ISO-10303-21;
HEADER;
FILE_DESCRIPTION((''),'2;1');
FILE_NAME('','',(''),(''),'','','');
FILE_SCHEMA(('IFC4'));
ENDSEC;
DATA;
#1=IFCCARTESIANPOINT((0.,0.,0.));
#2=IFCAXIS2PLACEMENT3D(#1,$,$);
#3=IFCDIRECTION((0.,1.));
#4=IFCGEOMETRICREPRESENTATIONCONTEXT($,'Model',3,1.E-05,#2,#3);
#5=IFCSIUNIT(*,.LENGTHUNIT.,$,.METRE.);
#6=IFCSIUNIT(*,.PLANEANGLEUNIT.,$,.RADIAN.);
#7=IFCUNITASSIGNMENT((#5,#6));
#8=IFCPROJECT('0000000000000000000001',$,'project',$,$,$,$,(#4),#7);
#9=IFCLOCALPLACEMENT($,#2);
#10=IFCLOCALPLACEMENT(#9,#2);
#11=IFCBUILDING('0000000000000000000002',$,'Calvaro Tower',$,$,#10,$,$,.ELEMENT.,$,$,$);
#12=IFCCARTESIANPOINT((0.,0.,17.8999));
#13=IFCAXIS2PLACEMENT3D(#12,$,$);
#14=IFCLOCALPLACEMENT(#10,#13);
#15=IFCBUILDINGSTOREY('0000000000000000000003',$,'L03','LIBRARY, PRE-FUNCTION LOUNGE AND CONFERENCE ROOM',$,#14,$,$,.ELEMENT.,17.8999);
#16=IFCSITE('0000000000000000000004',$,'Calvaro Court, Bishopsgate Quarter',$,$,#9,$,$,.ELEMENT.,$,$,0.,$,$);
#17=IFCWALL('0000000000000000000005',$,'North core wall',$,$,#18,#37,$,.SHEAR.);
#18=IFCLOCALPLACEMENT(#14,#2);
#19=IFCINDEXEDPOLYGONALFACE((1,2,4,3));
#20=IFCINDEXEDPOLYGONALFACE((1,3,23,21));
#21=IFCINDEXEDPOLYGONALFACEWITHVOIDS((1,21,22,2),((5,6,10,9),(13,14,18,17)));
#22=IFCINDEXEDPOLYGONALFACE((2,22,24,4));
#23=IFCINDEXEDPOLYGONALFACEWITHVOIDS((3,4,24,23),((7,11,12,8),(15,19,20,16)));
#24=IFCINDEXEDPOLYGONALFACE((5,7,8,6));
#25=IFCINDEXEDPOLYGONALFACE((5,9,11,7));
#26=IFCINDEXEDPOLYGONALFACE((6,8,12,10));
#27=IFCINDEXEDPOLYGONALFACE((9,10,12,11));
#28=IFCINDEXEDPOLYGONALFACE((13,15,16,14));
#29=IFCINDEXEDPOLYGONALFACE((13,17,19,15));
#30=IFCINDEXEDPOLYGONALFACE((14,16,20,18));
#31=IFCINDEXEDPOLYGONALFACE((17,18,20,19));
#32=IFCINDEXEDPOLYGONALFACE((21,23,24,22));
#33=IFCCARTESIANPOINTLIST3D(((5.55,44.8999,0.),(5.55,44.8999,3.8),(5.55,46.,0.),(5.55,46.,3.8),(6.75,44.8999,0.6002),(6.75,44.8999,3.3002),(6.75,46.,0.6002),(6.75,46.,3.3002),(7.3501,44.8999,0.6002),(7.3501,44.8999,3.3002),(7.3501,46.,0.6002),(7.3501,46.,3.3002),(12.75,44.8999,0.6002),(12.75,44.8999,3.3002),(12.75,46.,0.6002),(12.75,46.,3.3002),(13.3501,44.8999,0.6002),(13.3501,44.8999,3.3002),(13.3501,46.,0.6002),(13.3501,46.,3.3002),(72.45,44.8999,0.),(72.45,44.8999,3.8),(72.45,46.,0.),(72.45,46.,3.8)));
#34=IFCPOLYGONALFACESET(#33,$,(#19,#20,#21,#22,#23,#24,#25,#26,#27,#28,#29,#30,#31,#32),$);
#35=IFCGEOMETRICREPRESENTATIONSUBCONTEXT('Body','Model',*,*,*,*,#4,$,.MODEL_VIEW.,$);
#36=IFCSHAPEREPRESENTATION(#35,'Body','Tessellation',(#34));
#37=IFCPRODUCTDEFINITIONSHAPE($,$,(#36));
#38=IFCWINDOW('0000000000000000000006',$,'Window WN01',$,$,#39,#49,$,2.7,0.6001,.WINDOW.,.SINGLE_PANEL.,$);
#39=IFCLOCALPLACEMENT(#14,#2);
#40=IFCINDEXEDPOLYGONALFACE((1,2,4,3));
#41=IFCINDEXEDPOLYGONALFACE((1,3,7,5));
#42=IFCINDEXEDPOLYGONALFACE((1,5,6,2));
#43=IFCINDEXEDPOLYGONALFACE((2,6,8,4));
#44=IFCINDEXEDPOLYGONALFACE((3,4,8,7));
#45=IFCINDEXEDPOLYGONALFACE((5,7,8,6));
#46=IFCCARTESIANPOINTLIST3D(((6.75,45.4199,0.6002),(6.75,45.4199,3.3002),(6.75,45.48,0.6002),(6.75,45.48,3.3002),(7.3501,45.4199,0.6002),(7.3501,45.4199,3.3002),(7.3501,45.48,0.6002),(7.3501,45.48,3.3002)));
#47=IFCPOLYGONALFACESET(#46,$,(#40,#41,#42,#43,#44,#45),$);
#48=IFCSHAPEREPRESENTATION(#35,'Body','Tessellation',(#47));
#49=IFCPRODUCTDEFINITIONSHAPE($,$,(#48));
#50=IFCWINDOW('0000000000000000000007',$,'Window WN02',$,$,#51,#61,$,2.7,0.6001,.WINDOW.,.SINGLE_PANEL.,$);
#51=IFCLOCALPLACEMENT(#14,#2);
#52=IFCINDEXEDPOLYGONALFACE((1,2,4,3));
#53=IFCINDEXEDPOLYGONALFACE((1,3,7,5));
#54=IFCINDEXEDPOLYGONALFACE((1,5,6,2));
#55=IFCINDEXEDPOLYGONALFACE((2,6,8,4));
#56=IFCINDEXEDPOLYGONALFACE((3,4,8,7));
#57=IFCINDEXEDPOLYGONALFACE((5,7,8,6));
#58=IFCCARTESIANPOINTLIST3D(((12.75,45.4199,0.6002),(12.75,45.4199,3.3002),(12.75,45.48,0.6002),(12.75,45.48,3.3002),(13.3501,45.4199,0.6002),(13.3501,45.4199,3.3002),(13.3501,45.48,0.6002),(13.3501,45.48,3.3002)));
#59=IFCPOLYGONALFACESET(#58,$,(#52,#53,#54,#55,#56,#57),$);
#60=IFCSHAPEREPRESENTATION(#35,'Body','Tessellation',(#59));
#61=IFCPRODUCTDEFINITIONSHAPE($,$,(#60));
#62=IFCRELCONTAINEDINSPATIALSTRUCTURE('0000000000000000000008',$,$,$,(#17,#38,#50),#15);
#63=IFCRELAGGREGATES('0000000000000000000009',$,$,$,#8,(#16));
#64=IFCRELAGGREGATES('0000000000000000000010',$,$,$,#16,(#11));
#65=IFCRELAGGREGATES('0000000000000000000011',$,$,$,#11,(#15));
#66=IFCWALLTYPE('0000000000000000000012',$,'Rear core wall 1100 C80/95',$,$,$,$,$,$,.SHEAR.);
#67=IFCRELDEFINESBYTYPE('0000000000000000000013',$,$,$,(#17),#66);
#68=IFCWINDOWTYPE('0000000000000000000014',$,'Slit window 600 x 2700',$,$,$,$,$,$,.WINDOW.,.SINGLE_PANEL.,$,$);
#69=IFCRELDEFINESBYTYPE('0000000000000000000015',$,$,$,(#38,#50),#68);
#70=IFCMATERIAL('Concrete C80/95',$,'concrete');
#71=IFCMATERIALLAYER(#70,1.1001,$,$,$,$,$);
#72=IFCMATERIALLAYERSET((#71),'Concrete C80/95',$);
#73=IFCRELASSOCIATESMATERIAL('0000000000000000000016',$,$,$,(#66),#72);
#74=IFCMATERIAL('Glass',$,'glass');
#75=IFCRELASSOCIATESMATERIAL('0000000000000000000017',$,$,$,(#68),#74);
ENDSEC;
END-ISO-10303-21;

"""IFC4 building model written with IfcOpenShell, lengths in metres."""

from ifc_helpers import new_model, si_unit, direction, frame, frame_2d, origin, place, context, subcontext, project, spatial, rectangle, extrude, material, layer, layer_set, type_object, element, fill, save


model = new_model("IFC4")

# Units and contexts
model_context = context("Model", 3, precision=1e-05, world=origin(), true_north=direction((0.0, 1.0)))
body_context = subcontext(model_context, "Body", "Model", "MODEL_VIEW")
ifc_project = project(units=[si_unit("LENGTHUNIT", "METRE"), si_unit("PLANEANGLEUNIT", "RADIAN")], contexts=[model_context])

# Site, building, storey
site_placement = place(None, origin())
site = spatial("IfcSite", under=ifc_project, at=site_placement, Name="Calvaro Court, Bishopsgate Quarter", CompositionType="ELEMENT", RefElevation=0.0)
building_placement = place(site_placement, origin())
building = spatial("IfcBuilding", under=site, at=building_placement, Name="Calvaro Tower", CompositionType="ELEMENT")
storey_placement = place(building_placement, frame((0.0, 0.0, 17.8999)))
storey = spatial("IfcBuildingStorey", under=building, at=storey_placement, Name="L03", Description="LIBRARY, PRE-FUNCTION LOUNGE AND CONFERENCE ROOM", CompositionType="ELEMENT", Elevation=17.8999)

# Wall, openings, windows
ifc_material_1 = material(Name="Concrete C80/95", Category="concrete")
ifc_layer_1 = layer(ifc_material_1, 1.1001)
ifc_layer_set_1 = layer_set([ifc_layer_1], Name="Concrete C80/95")
wall_type_1 = type_object("IfcWallType", Name="Rear core wall 1100 C80/95", PredefinedType="SHEAR", material=ifc_layer_set_1)
wall_1_placement = place(storey_placement, frame((5.55, 45.45, 0.0), z_axis=(0.0, 0.0, 1.0), x_axis=(1.0, 0.0, 0.0)))
wall_1 = element("IfcWall", 1, at=wall_1_placement, inside=storey, type_object=wall_type_1, Name="North core wall", PredefinedType="SHEAR", context=body_context, shape_type="SweptSolid", body=[
    extrude(rectangle(XDim=66.8999, YDim=1.1001, at=frame_2d((33.45, 0.0))), origin(), (0.0, 0.0, 1.0), 3.8),
])
opening_1_placement = place(wall_1_placement, frame((1.2, 0.0, 0.6001)))
opening_1 = element("IfcOpeningElement", 2, at=opening_1_placement, cuts=wall_1, PredefinedType="OPENING", context=body_context, shape_type="SweptSolid", body=[
    extrude(rectangle(XDim=0.6001, YDim=2.7, at=frame_2d((0.3, 1.3501))), frame((0.0, 0.5601, 0.0), z_axis=(0.0, -1.0, 0.0), x_axis=(1.0, 0.0, 0.0)), (0.0, 0.0, 1.0), 1.1201),
])
opening_2_placement = place(wall_1_placement, frame((7.2, 0.0, 0.6001)))
opening_2 = element("IfcOpeningElement", 3, at=opening_2_placement, cuts=wall_1, PredefinedType="OPENING", context=body_context, shape_type="SweptSolid", body=[
    extrude(rectangle(XDim=0.6001, YDim=2.7, at=frame_2d((0.3, 1.3501))), frame((0.0, 0.5601, 0.0), z_axis=(0.0, -1.0, 0.0), x_axis=(1.0, 0.0, 0.0)), (0.0, 0.0, 1.0), 1.1201),
])
ifc_material_2 = material(Name="Glass", Category="glass")
window_type = type_object("IfcWindowType", Name="Slit window 600 x 2700", PartitioningType="SINGLE_PANEL", PredefinedType="WINDOW", material=ifc_material_2)
window_1_placement = place(opening_1_placement, origin())
window_1 = element("IfcWindow", 4, at=window_1_placement, inside=storey, type_object=window_type, Name="Window WN01", OverallHeight=2.7, OverallWidth=0.6001, PartitioningType="SINGLE_PANEL", PredefinedType="WINDOW", context=body_context, shape_type="SweptSolid", body=[
    extrude(rectangle(XDim=0.6001, YDim=2.7, at=frame_2d((0.3, 1.3501))), frame((0.0, 0.03, 0.0), z_axis=(0.0, -1.0, 0.0), x_axis=(1.0, 0.0, 0.0)), (0.0, 0.0, 1.0), 0.0601),
])
fill(opening_1, window_1)
window_2_placement = place(opening_2_placement, origin())
window_2 = element("IfcWindow", 5, at=window_2_placement, inside=storey, type_object=window_type, Name="Window WN02", OverallHeight=2.7, OverallWidth=0.6001, PartitioningType="SINGLE_PANEL", PredefinedType="WINDOW", context=body_context, shape_type="SweptSolid", body=[
    extrude(rectangle(XDim=0.6001, YDim=2.7, at=frame_2d((0.3, 1.3501))), frame((0.0, 0.03, 0.0), z_axis=(0.0, -1.0, 0.0), x_axis=(1.0, 0.0, 0.0)), (0.0, 0.0, 1.0), 0.0601),
])
fill(opening_2, window_2)

save(model, "model.ifc")
